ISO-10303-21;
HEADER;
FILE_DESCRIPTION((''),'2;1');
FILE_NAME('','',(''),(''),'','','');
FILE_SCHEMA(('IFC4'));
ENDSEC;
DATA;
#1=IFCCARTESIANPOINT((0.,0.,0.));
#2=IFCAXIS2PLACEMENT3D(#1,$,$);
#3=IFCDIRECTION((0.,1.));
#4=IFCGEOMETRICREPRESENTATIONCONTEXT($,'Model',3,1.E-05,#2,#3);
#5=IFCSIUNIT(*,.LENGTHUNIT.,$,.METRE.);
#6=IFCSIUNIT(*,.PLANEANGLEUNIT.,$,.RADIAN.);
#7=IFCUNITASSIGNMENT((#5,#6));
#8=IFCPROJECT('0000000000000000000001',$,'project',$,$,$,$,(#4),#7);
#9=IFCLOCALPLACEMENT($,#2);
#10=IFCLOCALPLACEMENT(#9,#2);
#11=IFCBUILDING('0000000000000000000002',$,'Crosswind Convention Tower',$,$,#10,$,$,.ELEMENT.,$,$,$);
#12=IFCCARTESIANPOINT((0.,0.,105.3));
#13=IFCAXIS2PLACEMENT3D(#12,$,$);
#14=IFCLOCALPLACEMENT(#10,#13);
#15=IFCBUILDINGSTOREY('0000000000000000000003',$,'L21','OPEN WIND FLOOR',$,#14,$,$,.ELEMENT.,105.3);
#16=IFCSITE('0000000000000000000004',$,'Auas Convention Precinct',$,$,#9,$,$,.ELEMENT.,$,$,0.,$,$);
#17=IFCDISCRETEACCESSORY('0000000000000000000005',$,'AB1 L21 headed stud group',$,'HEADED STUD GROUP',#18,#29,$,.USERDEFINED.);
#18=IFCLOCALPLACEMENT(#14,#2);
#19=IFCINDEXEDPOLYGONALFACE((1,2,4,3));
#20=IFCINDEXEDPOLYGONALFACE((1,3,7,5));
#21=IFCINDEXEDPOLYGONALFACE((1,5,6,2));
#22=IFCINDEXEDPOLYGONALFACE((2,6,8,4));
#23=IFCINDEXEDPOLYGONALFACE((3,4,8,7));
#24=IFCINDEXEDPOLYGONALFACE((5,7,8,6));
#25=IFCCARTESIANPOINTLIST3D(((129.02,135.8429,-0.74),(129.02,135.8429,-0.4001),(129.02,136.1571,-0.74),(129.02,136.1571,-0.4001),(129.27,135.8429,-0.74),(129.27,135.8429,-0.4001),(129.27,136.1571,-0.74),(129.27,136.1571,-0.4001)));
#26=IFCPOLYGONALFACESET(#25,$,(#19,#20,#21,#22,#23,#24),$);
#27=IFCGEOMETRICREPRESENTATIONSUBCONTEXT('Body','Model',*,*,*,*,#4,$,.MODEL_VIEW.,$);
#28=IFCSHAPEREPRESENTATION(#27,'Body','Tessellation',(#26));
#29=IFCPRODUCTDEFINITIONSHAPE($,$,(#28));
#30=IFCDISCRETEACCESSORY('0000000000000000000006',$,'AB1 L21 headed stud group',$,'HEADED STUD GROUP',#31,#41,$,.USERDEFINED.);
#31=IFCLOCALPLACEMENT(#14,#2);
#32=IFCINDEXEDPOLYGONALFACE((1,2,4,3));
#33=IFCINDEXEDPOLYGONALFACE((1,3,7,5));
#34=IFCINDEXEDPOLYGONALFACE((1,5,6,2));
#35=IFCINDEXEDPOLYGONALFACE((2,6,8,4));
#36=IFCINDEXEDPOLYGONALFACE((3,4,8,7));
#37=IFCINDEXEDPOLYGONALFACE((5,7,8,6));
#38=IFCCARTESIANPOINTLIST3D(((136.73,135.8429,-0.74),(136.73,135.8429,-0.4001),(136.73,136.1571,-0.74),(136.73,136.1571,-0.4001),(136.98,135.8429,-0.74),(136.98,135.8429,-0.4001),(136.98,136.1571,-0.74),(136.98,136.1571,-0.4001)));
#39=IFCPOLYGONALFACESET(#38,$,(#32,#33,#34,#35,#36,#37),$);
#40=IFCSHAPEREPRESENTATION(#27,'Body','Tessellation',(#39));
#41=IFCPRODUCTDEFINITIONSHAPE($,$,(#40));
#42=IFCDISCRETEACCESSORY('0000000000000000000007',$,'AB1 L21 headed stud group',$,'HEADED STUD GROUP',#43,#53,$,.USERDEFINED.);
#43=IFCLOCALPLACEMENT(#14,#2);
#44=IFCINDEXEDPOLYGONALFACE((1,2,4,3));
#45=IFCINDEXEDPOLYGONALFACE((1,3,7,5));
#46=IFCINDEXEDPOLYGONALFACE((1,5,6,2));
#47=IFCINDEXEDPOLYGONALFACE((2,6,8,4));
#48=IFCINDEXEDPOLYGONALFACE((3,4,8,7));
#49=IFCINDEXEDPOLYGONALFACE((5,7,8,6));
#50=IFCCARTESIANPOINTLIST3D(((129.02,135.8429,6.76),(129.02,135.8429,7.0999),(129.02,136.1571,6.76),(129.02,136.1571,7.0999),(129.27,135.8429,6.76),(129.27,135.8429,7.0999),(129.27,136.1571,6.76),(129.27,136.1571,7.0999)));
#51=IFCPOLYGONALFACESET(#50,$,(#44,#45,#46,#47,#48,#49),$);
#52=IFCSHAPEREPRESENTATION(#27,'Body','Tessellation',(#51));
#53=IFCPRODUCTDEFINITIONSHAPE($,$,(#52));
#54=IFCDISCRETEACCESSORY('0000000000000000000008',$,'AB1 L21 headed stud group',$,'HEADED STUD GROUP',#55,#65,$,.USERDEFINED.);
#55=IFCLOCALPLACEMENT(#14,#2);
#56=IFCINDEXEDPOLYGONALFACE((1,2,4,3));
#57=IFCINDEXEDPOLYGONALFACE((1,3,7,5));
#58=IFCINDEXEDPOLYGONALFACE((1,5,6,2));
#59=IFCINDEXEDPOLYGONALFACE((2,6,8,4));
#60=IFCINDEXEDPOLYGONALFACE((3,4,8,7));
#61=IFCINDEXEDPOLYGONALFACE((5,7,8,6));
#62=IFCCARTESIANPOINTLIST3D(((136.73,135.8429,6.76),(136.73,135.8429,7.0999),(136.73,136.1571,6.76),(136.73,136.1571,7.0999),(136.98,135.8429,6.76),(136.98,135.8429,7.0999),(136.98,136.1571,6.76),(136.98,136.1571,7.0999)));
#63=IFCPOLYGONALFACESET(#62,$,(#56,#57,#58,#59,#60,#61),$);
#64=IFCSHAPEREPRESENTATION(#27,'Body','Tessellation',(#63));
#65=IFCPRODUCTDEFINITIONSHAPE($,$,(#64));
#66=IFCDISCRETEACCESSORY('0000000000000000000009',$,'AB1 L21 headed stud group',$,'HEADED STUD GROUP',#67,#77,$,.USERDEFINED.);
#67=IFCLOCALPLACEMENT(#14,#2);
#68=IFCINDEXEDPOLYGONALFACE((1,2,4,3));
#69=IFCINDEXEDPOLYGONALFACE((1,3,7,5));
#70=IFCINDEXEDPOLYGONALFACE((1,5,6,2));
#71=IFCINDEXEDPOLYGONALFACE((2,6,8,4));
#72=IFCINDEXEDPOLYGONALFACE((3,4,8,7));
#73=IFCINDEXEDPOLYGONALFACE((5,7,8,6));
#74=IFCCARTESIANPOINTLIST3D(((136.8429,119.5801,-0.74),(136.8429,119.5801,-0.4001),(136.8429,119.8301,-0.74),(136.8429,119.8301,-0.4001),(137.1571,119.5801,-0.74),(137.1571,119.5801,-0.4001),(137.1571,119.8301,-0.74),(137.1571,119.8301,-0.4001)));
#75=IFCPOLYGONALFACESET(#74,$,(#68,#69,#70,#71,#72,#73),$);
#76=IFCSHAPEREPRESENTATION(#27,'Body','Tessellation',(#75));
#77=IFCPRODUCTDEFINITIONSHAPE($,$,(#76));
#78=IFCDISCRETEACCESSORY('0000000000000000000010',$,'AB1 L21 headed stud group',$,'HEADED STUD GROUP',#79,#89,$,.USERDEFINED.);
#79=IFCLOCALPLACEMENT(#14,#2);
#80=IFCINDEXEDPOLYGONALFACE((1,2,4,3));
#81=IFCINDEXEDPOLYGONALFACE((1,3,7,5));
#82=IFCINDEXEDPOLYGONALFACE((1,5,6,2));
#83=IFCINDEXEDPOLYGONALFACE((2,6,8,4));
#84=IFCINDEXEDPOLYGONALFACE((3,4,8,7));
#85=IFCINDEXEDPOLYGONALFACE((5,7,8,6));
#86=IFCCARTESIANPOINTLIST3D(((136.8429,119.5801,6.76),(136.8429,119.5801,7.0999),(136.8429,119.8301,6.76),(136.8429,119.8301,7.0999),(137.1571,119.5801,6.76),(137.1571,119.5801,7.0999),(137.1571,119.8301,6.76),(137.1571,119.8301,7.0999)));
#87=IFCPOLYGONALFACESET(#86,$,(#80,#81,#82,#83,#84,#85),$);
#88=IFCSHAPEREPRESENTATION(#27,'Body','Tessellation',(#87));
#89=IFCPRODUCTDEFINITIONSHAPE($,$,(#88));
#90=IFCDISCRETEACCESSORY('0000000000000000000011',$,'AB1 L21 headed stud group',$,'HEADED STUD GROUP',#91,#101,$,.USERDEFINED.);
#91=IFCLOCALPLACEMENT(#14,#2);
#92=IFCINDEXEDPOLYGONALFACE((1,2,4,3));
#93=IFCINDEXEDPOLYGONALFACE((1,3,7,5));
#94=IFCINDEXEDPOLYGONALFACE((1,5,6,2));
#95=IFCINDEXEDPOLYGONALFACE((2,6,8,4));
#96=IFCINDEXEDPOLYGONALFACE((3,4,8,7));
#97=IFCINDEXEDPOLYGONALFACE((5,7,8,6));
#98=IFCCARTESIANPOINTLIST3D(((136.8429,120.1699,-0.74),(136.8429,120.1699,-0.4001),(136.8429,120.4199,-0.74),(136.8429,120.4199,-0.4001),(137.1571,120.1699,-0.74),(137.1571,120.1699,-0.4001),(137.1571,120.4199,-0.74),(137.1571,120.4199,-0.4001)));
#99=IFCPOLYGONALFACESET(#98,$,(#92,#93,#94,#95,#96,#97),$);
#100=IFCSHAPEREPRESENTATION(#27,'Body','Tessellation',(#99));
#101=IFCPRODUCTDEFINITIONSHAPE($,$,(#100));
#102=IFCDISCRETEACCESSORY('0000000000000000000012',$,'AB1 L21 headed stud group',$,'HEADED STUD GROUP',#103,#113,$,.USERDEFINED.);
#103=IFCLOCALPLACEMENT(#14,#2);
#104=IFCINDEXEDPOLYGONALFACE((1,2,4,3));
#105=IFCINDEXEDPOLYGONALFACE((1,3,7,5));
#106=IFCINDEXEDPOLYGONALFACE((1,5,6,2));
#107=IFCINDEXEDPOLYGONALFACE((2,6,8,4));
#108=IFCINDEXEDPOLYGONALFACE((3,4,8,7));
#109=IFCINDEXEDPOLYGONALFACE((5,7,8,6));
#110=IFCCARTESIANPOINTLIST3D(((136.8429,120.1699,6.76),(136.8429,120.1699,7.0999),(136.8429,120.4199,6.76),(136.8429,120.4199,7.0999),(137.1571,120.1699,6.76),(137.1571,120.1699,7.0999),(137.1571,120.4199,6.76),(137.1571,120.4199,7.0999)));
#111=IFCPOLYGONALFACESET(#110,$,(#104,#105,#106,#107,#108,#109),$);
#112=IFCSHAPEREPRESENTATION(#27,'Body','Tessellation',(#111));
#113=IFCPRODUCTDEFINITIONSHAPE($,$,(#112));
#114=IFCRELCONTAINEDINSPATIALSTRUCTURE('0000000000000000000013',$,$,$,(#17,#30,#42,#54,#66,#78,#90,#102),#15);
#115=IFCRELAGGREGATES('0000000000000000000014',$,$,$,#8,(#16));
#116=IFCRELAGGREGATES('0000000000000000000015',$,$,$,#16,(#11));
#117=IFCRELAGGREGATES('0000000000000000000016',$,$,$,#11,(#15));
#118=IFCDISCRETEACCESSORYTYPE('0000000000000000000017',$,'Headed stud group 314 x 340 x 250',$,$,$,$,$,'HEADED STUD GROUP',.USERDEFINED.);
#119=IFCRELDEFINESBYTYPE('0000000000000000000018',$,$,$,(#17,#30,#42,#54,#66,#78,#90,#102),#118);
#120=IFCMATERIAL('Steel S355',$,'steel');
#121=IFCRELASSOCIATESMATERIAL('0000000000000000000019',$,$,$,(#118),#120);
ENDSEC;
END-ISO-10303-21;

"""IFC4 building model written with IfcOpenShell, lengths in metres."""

from ifc_helpers import new_model, si_unit, direction, frame, origin, origin_2d, place, context, subcontext, project, spatial, rectangle, extrude, material, type_object, element, save


model = new_model("IFC4")

# Units and contexts
model_context = context("Model", 3, precision=1e-05, world=origin(), true_north=direction((0.0, 1.0)))
body_context = subcontext(model_context, "Body", "Model", "MODEL_VIEW")
ifc_project = project(units=[si_unit("LENGTHUNIT", "METRE"), si_unit("PLANEANGLEUNIT", "RADIAN")], contexts=[model_context])

# Site, building, storey
site_placement = place(None, origin())
site = spatial("IfcSite", under=ifc_project, at=site_placement, Name="Auas Convention Precinct", CompositionType="ELEMENT", RefElevation=0.0)
building_placement = place(site_placement, origin())
building = spatial("IfcBuilding", under=site, at=building_placement, Name="Crosswind Convention Tower", CompositionType="ELEMENT")
storey_placement = place(building_placement, frame((0.0, 0.0, 105.3)))
storey = spatial("IfcBuildingStorey", under=building, at=storey_placement, Name="L21", Description="OPEN WIND FLOOR", CompositionType="ELEMENT", Elevation=105.3)

# Shared definitions
ifc_material_1 = material(Name="Steel S355", Category="steel")

# Discrete accessories
discrete_accessory_type_1 = type_object("IfcDiscreteAccessoryType", Name="Headed stud group 314 x 340 x 250", ElementType="HEADED STUD GROUP", PredefinedType="USERDEFINED", material=ifc_material_1)
for number, where, z_axis, x_axis, name in (
    (1, (129.145, 136.0, -0.74), (0.0, 0.0, 1.0), (1.0, 0.0, 0.0), "AB1 L21 headed stud group"),
    (2, (136.855, 136.0, -0.74), (0.0, 0.0, 1.0), (1.0, 0.0, 0.0), "AB1 L21 headed stud group"),
    (3, (129.145, 136.0, 6.76), (0.0, 0.0, 1.0), (1.0, 0.0, 0.0), "AB1 L21 headed stud group"),
    (4, (136.855, 136.0, 6.76), (0.0, 0.0, 1.0), (1.0, 0.0, 0.0), "AB1 L21 headed stud group"),
):
    element("IfcDiscreteAccessory", number, at=place(storey_placement, frame(where, z_axis=z_axis, x_axis=x_axis)), inside=storey, type_object=discrete_accessory_type_1, Name=name, ObjectType="HEADED STUD GROUP", PredefinedType="USERDEFINED", context=body_context, shape_type="SweptSolid", body=[
        extrude(rectangle(XDim=0.25, YDim=0.3142, at=origin_2d()), origin(), (0.0, 0.0, 1.0), 0.3398),
    ])
for number, where, z_axis, x_axis, name in (
    (5, (137.0, 119.7051, -0.74), (0.0, 0.0, 1.0), (1.0, 0.0, 0.0), "AB1 L21 headed stud group"),
    (6, (137.0, 119.7051, 6.76), (0.0, 0.0, 1.0), (1.0, 0.0, 0.0), "AB1 L21 headed stud group"),
    (7, (137.0, 120.2949, -0.74), (0.0, 0.0, 1.0), (1.0, 0.0, 0.0), "AB1 L21 headed stud group"),
    (8, (137.0, 120.2949, 6.76), (0.0, 0.0, 1.0), (1.0, 0.0, 0.0), "AB1 L21 headed stud group"),
):
    element("IfcDiscreteAccessory", number, at=place(storey_placement, frame(where, z_axis=z_axis, x_axis=x_axis)), inside=storey, type_object=discrete_accessory_type_1, Name=name, ObjectType="HEADED STUD GROUP", PredefinedType="USERDEFINED", context=body_context, shape_type="SweptSolid", body=[
        extrude(rectangle(XDim=0.3142, YDim=0.25, at=origin_2d()), origin(), (0.0, 0.0, 1.0), 0.3398),
    ])

save(model, "model.ifc")
